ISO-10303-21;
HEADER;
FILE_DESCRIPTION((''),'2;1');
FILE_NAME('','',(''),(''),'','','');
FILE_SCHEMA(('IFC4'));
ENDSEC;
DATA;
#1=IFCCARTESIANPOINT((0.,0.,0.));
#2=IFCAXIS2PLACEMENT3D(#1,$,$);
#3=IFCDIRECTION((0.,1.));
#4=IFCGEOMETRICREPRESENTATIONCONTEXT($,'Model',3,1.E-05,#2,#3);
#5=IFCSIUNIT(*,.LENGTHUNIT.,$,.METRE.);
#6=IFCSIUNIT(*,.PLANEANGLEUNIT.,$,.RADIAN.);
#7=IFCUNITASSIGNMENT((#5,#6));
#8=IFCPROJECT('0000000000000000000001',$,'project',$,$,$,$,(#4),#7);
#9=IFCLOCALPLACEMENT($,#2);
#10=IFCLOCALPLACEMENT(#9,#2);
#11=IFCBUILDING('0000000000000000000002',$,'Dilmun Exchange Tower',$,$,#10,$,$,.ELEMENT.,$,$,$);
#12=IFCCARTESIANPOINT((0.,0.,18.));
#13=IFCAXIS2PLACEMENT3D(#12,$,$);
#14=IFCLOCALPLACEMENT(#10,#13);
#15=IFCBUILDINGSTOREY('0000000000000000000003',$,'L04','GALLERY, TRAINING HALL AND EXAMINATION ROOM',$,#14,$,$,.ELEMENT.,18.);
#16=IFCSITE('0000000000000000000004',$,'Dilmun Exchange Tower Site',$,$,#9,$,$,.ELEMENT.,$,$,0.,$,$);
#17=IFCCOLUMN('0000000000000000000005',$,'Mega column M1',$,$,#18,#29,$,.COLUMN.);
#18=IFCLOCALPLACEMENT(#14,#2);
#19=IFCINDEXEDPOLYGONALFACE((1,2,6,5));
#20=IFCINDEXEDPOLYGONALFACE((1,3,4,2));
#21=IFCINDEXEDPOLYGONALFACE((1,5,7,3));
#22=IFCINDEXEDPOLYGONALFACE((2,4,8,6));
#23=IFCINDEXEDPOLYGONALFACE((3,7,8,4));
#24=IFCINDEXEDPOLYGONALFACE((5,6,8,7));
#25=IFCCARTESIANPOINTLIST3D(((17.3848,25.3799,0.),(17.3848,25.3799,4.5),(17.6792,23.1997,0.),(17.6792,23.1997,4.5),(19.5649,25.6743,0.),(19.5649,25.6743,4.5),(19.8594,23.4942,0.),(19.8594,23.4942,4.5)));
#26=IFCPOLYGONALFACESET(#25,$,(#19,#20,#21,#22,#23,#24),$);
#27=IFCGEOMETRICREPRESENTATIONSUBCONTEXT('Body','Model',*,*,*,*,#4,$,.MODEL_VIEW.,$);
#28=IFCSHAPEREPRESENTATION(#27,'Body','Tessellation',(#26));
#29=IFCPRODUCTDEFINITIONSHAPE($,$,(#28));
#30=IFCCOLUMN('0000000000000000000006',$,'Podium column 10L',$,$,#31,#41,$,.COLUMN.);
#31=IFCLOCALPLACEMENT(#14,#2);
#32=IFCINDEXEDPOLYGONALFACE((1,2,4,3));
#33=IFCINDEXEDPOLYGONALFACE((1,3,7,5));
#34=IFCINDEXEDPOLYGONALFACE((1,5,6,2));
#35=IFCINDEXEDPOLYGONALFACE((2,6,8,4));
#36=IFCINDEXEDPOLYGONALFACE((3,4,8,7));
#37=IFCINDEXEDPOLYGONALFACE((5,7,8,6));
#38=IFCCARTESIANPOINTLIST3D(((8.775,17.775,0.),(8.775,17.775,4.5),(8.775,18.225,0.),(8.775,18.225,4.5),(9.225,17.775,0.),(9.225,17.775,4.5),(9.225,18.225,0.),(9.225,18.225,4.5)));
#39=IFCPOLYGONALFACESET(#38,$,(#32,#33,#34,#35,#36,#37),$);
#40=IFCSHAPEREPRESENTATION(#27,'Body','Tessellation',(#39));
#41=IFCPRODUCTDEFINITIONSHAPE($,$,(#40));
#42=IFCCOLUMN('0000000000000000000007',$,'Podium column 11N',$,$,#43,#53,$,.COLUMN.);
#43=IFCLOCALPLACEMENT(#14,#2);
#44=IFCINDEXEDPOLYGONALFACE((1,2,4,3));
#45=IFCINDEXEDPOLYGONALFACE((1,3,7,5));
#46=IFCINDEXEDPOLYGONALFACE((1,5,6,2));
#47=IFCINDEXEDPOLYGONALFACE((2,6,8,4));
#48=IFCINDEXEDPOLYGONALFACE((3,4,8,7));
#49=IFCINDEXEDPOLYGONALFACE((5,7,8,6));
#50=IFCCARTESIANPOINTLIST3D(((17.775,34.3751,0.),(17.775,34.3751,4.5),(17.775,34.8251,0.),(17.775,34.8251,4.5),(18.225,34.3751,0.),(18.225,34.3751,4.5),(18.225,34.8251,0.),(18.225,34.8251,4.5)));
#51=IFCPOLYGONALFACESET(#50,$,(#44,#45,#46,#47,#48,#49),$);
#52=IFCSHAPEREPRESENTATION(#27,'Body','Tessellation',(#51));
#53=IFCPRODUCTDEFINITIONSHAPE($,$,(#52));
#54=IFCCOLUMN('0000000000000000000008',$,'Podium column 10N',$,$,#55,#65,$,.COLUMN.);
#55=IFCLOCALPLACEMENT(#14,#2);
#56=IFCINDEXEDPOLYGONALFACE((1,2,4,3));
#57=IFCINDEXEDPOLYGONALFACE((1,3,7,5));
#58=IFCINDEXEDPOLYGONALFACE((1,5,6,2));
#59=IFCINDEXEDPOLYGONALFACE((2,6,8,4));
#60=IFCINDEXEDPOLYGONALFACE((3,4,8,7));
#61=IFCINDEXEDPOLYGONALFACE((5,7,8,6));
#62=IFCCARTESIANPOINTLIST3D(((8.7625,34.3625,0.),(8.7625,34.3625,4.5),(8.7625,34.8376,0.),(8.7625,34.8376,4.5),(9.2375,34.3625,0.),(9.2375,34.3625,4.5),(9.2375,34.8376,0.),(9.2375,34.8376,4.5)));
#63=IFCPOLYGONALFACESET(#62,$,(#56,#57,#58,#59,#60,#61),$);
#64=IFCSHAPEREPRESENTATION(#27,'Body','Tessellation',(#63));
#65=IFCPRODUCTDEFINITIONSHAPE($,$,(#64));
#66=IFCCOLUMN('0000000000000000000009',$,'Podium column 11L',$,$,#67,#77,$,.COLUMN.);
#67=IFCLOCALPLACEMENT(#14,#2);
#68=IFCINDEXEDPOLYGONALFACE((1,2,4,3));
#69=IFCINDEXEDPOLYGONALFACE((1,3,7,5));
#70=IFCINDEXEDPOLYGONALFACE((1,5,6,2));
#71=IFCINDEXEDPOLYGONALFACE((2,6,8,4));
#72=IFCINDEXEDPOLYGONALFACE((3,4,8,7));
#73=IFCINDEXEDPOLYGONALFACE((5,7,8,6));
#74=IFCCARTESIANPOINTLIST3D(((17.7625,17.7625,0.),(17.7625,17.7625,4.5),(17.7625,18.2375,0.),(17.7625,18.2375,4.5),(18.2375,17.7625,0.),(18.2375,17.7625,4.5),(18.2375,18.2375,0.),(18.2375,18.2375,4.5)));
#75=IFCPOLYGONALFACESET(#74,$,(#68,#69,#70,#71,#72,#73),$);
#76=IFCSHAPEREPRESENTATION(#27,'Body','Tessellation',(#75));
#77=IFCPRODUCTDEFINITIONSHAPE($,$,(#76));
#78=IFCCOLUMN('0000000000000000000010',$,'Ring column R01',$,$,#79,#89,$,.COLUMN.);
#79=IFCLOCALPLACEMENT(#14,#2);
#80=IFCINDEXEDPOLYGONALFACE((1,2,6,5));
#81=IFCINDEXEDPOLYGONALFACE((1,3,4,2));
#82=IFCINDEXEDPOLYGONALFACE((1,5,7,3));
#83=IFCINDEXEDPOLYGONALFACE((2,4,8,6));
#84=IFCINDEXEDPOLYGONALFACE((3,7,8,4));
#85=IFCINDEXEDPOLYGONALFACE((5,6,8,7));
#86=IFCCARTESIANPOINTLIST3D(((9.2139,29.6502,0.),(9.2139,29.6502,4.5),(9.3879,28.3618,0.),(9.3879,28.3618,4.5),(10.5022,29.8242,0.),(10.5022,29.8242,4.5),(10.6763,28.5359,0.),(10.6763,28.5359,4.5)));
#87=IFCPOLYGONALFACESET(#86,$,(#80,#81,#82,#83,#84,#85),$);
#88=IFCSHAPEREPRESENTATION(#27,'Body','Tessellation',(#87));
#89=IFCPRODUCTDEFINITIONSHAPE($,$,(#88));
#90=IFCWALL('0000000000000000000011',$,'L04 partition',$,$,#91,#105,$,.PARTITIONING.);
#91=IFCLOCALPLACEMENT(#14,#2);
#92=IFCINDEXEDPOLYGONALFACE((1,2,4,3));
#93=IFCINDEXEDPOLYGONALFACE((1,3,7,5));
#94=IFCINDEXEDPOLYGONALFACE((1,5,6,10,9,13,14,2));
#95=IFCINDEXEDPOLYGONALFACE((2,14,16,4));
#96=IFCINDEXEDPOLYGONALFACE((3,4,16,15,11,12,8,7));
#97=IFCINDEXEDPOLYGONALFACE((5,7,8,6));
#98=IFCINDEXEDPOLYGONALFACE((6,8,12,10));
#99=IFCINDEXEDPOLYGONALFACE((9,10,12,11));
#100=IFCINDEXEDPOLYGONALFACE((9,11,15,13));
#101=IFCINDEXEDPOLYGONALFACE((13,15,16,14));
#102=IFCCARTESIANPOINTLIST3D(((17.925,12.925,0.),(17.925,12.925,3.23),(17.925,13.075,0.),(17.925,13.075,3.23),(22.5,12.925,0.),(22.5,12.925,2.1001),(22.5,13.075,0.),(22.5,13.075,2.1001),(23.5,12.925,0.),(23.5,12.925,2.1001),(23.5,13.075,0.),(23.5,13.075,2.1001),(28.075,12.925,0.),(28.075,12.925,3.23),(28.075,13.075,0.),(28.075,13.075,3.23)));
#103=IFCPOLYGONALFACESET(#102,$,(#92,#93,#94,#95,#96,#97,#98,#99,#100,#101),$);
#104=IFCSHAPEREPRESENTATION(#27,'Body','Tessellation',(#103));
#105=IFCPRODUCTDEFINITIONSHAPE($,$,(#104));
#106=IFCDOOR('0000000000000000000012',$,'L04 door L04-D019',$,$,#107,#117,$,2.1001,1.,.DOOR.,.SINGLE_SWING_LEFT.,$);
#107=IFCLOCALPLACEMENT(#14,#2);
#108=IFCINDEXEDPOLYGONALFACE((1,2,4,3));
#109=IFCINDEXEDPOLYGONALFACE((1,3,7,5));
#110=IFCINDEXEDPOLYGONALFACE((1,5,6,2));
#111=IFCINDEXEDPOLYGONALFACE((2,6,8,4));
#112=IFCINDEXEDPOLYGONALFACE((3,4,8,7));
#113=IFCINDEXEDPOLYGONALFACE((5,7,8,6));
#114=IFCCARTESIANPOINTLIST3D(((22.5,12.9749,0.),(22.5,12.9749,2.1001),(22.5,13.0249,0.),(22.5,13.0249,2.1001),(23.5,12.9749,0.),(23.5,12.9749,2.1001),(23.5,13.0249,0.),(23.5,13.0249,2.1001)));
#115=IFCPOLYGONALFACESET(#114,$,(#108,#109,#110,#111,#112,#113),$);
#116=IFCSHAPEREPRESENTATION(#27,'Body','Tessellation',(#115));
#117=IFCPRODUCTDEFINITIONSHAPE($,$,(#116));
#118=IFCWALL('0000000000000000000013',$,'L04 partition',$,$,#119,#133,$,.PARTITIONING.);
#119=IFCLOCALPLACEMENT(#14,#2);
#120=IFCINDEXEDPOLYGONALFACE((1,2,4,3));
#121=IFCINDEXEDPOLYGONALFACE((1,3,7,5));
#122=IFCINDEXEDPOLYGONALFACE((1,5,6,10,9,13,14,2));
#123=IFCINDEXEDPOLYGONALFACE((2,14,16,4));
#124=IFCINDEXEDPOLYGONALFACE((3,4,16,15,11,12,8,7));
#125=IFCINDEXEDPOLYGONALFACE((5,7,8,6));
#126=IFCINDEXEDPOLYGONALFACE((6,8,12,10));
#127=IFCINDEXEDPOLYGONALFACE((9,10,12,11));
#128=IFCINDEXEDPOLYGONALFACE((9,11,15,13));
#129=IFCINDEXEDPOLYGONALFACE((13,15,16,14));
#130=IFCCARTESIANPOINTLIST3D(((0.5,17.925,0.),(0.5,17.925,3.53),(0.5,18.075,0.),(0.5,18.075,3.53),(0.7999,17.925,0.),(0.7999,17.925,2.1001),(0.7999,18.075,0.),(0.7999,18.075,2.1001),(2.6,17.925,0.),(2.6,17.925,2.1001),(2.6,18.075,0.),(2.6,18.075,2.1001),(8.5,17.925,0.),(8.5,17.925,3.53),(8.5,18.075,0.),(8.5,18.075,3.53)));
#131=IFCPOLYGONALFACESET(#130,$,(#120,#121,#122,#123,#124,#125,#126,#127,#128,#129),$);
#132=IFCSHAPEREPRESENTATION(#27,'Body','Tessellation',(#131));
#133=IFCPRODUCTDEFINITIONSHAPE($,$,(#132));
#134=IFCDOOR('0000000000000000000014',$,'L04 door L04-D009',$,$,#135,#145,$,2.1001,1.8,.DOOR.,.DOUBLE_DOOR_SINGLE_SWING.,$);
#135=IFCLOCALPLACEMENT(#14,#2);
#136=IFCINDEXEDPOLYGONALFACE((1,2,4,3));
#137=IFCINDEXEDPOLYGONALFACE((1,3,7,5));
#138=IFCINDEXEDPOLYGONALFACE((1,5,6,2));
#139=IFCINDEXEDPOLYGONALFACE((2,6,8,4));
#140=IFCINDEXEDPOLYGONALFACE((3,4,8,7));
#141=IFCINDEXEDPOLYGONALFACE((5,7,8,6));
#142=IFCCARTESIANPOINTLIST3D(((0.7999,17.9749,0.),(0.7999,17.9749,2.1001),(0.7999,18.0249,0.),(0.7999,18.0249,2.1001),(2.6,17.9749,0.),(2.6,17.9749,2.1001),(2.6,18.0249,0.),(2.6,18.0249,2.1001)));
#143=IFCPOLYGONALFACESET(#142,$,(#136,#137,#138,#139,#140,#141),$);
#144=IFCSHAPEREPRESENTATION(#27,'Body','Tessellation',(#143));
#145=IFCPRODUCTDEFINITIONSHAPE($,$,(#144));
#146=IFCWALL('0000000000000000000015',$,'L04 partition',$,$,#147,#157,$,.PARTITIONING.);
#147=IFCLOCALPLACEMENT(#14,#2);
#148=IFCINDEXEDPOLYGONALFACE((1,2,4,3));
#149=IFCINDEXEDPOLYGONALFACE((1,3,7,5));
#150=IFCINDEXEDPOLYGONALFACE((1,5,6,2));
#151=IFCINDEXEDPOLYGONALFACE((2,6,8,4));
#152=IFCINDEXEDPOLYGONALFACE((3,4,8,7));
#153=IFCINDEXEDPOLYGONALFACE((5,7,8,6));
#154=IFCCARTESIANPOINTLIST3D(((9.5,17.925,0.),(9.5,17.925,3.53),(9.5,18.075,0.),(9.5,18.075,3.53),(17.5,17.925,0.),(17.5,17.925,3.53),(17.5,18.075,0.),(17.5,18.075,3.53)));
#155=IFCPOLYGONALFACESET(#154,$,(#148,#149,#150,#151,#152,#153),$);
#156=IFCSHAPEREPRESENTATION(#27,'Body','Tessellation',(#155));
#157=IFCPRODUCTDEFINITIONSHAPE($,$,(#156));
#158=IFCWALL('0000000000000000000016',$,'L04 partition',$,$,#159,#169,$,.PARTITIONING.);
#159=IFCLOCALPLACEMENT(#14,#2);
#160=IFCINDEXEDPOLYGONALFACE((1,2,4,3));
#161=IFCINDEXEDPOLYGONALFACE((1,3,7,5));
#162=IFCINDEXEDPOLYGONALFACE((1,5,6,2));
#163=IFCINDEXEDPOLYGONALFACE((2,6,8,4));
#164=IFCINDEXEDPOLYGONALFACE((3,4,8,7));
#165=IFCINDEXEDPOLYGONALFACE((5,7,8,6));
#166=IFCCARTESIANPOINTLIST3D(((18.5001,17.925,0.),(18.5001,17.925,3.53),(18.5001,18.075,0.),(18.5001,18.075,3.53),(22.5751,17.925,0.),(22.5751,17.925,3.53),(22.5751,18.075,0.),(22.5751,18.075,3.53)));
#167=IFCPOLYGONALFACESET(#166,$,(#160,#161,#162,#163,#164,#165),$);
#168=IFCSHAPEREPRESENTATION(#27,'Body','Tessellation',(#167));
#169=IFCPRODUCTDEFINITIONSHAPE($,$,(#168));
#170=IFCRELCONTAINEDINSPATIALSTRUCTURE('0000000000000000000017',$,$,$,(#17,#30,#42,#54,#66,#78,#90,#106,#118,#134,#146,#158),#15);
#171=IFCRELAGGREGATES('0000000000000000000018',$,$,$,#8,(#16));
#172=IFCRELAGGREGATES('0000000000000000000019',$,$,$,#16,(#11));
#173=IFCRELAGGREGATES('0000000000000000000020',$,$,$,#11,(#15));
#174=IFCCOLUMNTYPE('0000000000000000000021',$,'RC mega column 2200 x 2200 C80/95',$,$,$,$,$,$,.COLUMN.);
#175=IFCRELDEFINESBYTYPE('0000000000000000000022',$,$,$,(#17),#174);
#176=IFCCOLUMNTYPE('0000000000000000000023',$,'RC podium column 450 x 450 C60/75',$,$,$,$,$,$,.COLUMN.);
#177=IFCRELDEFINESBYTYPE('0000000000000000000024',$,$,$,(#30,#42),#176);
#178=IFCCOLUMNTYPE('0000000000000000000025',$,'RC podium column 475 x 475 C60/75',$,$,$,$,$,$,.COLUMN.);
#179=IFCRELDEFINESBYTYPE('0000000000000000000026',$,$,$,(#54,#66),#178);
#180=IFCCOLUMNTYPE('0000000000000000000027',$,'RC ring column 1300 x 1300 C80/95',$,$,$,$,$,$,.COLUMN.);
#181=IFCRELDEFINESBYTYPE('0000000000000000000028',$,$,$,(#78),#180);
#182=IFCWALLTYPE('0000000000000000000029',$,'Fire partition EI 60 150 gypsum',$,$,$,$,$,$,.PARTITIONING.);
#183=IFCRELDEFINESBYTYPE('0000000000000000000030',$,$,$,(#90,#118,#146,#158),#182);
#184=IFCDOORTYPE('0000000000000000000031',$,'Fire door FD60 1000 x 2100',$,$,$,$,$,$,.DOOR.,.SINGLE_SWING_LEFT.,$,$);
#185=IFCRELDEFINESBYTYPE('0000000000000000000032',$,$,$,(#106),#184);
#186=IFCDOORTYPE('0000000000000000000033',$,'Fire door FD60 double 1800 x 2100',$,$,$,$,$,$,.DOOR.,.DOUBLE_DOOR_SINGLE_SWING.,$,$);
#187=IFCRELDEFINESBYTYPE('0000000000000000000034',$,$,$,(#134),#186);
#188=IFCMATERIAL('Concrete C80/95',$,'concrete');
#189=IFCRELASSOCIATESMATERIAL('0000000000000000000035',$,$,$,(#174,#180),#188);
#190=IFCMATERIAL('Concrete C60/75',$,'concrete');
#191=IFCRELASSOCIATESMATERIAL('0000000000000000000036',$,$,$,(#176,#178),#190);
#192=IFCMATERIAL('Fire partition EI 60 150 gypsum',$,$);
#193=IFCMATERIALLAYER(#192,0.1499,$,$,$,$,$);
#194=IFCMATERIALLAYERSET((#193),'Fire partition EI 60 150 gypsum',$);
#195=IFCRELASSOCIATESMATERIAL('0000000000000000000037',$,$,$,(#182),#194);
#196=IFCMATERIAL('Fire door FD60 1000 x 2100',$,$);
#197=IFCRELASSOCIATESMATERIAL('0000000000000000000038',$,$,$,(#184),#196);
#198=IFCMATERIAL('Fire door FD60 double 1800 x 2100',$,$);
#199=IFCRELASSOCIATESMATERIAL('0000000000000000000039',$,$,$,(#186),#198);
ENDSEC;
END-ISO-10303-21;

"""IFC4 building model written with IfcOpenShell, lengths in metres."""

from ifc_helpers import new_model, si_unit, direction, frame, frame_2d, origin, origin_2d, place, context, subcontext, project, spatial, rectangle, extrude, material, layer, layer_set, material_profile, profile_set, type_object, element, fill, save


model = new_model("IFC4")

# Units and contexts
model_context = context("Model", 3, precision=1e-05, world=origin(), true_north=direction((0.0, 1.0)))
body_context = subcontext(model_context, "Body", "Model", "MODEL_VIEW")
ifc_project = project(units=[si_unit("LENGTHUNIT", "METRE"), si_unit("PLANEANGLEUNIT", "RADIAN")], contexts=[model_context])

# Site, building, storey
site_placement = place(None, origin())
site = spatial("IfcSite", under=ifc_project, at=site_placement, Name="Dilmun Exchange Tower Site", CompositionType="ELEMENT", RefElevation=0.0)
building_placement = place(site_placement, origin())
building = spatial("IfcBuilding", under=site, at=building_placement, Name="Dilmun Exchange Tower", CompositionType="ELEMENT")
storey_placement = place(building_placement, frame((0.0, 0.0, 18.0)))
storey = spatial("IfcBuildingStorey", under=building, at=storey_placement, Name="L04", Description="GALLERY, TRAINING HALL AND EXAMINATION ROOM", CompositionType="ELEMENT", Elevation=18.0)

# Columns
ifc_material_1 = material(Name="Concrete C80/95", Category="concrete")
ifc_material_profile_1 = material_profile(ifc_material_1, rectangle(XDim=2.2, YDim=2.2, at=origin_2d()), Name="2200 x 2200")
ifc_profile_set_1 = profile_set([ifc_material_profile_1], Name="Concrete C80/95")
column_type_1 = type_object("IfcColumnType", Name="RC mega column 2200 x 2200 C80/95", PredefinedType="COLUMN", material=ifc_profile_set_1)
column_1_placement = place(storey_placement, frame((18.6221, 24.437, 0.0), z_axis=(0.0, 0.0, 1.0), x_axis=(0.991001, 0.133853, 0.0)))
element("IfcColumn", 1, at=column_1_placement, inside=storey, type_object=column_type_1, Name="Mega column M1", PredefinedType="COLUMN", context=body_context, shape_type="SweptSolid", body=[
    extrude(rectangle(XDim=2.2, YDim=2.2, at=origin_2d()), origin(), (0.0, 0.0, 1.0), 4.5),
])
ifc_material_2 = material(Name="Concrete C60/75", Category="concrete")
ifc_material_profile_2 = material_profile(ifc_material_2, rectangle(XDim=0.45, YDim=0.45, at=origin_2d()), Name="450 x 450")
ifc_profile_set_2 = profile_set([ifc_material_profile_2], Name="Concrete C60/75")
column_type_2 = type_object("IfcColumnType", Name="RC podium column 450 x 450 C60/75", PredefinedType="COLUMN", material=ifc_profile_set_2)
for number, where, z_axis, x_axis, name in (
    (2, (9.0, 18.0, 0.0), (0.0, 0.0, 1.0), (1.0, 0.0, 0.0), "Podium column 10L"),
    (3, (18.0, 34.6001, 0.0), (0.0, 0.0, 1.0), (1.0, 0.0, 0.0), "Podium column 11N"),
):
    element("IfcColumn", number, at=place(storey_placement, frame(where, z_axis=z_axis, x_axis=x_axis)), inside=storey, type_object=column_type_2, Name=name, PredefinedType="COLUMN", context=body_context, shape_type="SweptSolid", body=[
        extrude(rectangle(XDim=0.45, YDim=0.45, at=origin_2d()), origin(), (0.0, 0.0, 1.0), 4.5),
    ])
ifc_material_profile_3 = material_profile(ifc_material_2, rectangle(XDim=0.4751, YDim=0.4751, at=origin_2d()), Name="475 x 475")
ifc_profile_set_3 = profile_set([ifc_material_profile_3], Name="Concrete C60/75")
column_type_3 = type_object("IfcColumnType", Name="RC podium column 475 x 475 C60/75", PredefinedType="COLUMN", material=ifc_profile_set_3)
for number, where, z_axis, x_axis, name in (
    (4, (9.0, 34.6001, 0.0), (0.0, 0.0, 1.0), (1.0, 0.0, 0.0), "Podium column 10N"),
    (5, (18.0, 18.0, 0.0), (0.0, 0.0, 1.0), (1.0, 0.0, 0.0), "Podium column 11L"),
):
    element("IfcColumn", number, at=place(storey_placement, frame(where, z_axis=z_axis, x_axis=x_axis)), inside=storey, type_object=column_type_3, Name=name, PredefinedType="COLUMN", context=body_context, shape_type="SweptSolid", body=[
        extrude(rectangle(XDim=0.4751, YDim=0.4751, at=origin_2d()), origin(), (0.0, 0.0, 1.0), 4.5),
    ])
ifc_material_profile_4 = material_profile(ifc_material_1, rectangle(XDim=1.3, YDim=1.3, at=origin_2d()), Name="1300 x 1300")
ifc_profile_set_4 = profile_set([ifc_material_profile_4], Name="Concrete C80/95")
column_type_4 = type_object("IfcColumnType", Name="RC ring column 1300 x 1300 C80/95", PredefinedType="COLUMN", material=ifc_profile_set_4)
column_2_placement = place(storey_placement, frame((9.9451, 29.093, 0.0), z_axis=(0.0, 0.0, 1.0), x_axis=(0.991001, 0.133853, 0.0)))
element("IfcColumn", 6, at=column_2_placement, inside=storey, type_object=column_type_4, Name="Ring column R01", PredefinedType="COLUMN", context=body_context, shape_type="SweptSolid", body=[
    extrude(rectangle(XDim=1.3, YDim=1.3, at=origin_2d()), origin(), (0.0, 0.0, 1.0), 4.5),
])

# Walls, openings, doors
ifc_material_3 = material(Name="Fire partition EI 60 150 gypsum")
ifc_layer_1 = layer(ifc_material_3, 0.1499)
ifc_layer_set_1 = layer_set([ifc_layer_1], Name="Fire partition EI 60 150 gypsum")
wall_type_1 = type_object("IfcWallType", Name="Fire partition EI 60 150 gypsum", PredefinedType="PARTITIONING", material=ifc_layer_set_1)
wall_1_placement = place(storey_placement, frame((17.925, 13.0, 0.0), z_axis=(0.0, 0.0, 1.0), x_axis=(1.0, 0.0, 0.0)))
wall_1 = element("IfcWall", 7, at=wall_1_placement, inside=storey, type_object=wall_type_1, Name="L04 partition", PredefinedType="PARTITIONING", context=body_context, shape_type="SweptSolid", body=[
    extrude(rectangle(XDim=10.1499, YDim=0.1499, at=frame_2d((5.075, 0.0))), origin(), (0.0, 0.0, 1.0), 3.23),
])
opening_1_placement = place(wall_1_placement, frame((4.575, 0.0, 0.0)))
opening_1 = element("IfcOpeningElement", 8, at=opening_1_placement, cuts=wall_1, PredefinedType="OPENING", context=body_context, shape_type="SweptSolid", body=[
    extrude(rectangle(XDim=1.0, YDim=2.1001, at=frame_2d((0.5, 1.05))), frame((0.0, 0.085, 0.0), z_axis=(0.0, -1.0, 0.0), x_axis=(1.0, 0.0, 0.0)), (0.0, 0.0, 1.0), 0.1699),
])
ifc_material_4 = material(Name="Fire door FD60 1000 x 2100")
door_type_1 = type_object("IfcDoorType", Name="Fire door FD60 1000 x 2100", OperationType="SINGLE_SWING_LEFT", PredefinedType="DOOR", material=ifc_material_4)
door_1_placement = place(opening_1_placement, origin())
door_1 = element("IfcDoor", 9, at=door_1_placement, inside=storey, type_object=door_type_1, Name="L04 door L04-D019", OperationType="SINGLE_SWING_LEFT", OverallHeight=2.1001, OverallWidth=1.0, PredefinedType="DOOR", context=body_context, shape_type="SweptSolid", body=[
    extrude(rectangle(XDim=1.0, YDim=2.1001, at=frame_2d((0.5, 1.05))), frame((0.0, 0.0249, 0.0), z_axis=(0.0, -1.0, 0.0), x_axis=(1.0, 0.0, 0.0)), (0.0, 0.0, 1.0), 0.05),
])
fill(opening_1, door_1)
wall_2_placement = place(storey_placement, frame((0.5, 18.0, 0.0), z_axis=(0.0, 0.0, 1.0), x_axis=(1.0, 0.0, 0.0)))
wall_2 = element("IfcWall", 10, at=wall_2_placement, inside=storey, type_object=wall_type_1, Name="L04 partition", PredefinedType="PARTITIONING", context=body_context, shape_type="SweptSolid", body=[
    extrude(rectangle(XDim=8.0, YDim=0.1499, at=frame_2d((4.0, 0.0))), origin(), (0.0, 0.0, 1.0), 3.53),
])
opening_2_placement = place(wall_2_placement, frame((0.3, 0.0, 0.0)))
opening_2 = element("IfcOpeningElement", 11, at=opening_2_placement, cuts=wall_2, PredefinedType="OPENING", context=body_context, shape_type="SweptSolid", body=[
    extrude(rectangle(XDim=1.8, YDim=2.1001, at=frame_2d((0.8999, 1.05))), frame((0.0, 0.085, 0.0), z_axis=(0.0, -1.0, 0.0), x_axis=(1.0, 0.0, 0.0)), (0.0, 0.0, 1.0), 0.1699),
])
ifc_material_5 = material(Name="Fire door FD60 double 1800 x 2100")
door_type_2 = type_object("IfcDoorType", Name="Fire door FD60 double 1800 x 2100", OperationType="DOUBLE_DOOR_SINGLE_SWING", PredefinedType="DOOR", material=ifc_material_5)
door_2_placement = place(opening_2_placement, origin())
door_2 = element("IfcDoor", 12, at=door_2_placement, inside=storey, type_object=door_type_2, Name="L04 door L04-D009", OperationType="DOUBLE_DOOR_SINGLE_SWING", OverallHeight=2.1001, OverallWidth=1.8, PredefinedType="DOOR", context=body_context, shape_type="SweptSolid", body=[
    extrude(rectangle(XDim=1.8, YDim=2.1001, at=frame_2d((0.8999, 1.05))), frame((0.0, 0.0249, 0.0), z_axis=(0.0, -1.0, 0.0), x_axis=(1.0, 0.0, 0.0)), (0.0, 0.0, 1.0), 0.05),
])
fill(opening_2, door_2)

# Walls
wall_3_placement = place(storey_placement, frame((9.5, 18.0, 0.0), z_axis=(0.0, 0.0, 1.0), x_axis=(1.0, 0.0, 0.0)))
element("IfcWall", 13, at=wall_3_placement, inside=storey, type_object=wall_type_1, Name="L04 partition", PredefinedType="PARTITIONING", context=body_context, shape_type="SweptSolid", body=[
    extrude(rectangle(XDim=8.0, YDim=0.1499, at=frame_2d((4.0, 0.0))), origin(), (0.0, 0.0, 1.0), 3.53),
])
wall_4_placement = place(storey_placement, frame((18.5, 18.0, 0.0), z_axis=(0.0, 0.0, 1.0), x_axis=(1.0, 0.0, 0.0)))
element("IfcWall", 14, at=wall_4_placement, inside=storey, type_object=wall_type_1, Name="L04 partition", PredefinedType="PARTITIONING", context=body_context, shape_type="SweptSolid", body=[
    extrude(rectangle(XDim=4.075, YDim=0.1499, at=frame_2d((2.0376, 0.0))), origin(), (0.0, 0.0, 1.0), 3.53),
])

save(model, "model.ifc")
